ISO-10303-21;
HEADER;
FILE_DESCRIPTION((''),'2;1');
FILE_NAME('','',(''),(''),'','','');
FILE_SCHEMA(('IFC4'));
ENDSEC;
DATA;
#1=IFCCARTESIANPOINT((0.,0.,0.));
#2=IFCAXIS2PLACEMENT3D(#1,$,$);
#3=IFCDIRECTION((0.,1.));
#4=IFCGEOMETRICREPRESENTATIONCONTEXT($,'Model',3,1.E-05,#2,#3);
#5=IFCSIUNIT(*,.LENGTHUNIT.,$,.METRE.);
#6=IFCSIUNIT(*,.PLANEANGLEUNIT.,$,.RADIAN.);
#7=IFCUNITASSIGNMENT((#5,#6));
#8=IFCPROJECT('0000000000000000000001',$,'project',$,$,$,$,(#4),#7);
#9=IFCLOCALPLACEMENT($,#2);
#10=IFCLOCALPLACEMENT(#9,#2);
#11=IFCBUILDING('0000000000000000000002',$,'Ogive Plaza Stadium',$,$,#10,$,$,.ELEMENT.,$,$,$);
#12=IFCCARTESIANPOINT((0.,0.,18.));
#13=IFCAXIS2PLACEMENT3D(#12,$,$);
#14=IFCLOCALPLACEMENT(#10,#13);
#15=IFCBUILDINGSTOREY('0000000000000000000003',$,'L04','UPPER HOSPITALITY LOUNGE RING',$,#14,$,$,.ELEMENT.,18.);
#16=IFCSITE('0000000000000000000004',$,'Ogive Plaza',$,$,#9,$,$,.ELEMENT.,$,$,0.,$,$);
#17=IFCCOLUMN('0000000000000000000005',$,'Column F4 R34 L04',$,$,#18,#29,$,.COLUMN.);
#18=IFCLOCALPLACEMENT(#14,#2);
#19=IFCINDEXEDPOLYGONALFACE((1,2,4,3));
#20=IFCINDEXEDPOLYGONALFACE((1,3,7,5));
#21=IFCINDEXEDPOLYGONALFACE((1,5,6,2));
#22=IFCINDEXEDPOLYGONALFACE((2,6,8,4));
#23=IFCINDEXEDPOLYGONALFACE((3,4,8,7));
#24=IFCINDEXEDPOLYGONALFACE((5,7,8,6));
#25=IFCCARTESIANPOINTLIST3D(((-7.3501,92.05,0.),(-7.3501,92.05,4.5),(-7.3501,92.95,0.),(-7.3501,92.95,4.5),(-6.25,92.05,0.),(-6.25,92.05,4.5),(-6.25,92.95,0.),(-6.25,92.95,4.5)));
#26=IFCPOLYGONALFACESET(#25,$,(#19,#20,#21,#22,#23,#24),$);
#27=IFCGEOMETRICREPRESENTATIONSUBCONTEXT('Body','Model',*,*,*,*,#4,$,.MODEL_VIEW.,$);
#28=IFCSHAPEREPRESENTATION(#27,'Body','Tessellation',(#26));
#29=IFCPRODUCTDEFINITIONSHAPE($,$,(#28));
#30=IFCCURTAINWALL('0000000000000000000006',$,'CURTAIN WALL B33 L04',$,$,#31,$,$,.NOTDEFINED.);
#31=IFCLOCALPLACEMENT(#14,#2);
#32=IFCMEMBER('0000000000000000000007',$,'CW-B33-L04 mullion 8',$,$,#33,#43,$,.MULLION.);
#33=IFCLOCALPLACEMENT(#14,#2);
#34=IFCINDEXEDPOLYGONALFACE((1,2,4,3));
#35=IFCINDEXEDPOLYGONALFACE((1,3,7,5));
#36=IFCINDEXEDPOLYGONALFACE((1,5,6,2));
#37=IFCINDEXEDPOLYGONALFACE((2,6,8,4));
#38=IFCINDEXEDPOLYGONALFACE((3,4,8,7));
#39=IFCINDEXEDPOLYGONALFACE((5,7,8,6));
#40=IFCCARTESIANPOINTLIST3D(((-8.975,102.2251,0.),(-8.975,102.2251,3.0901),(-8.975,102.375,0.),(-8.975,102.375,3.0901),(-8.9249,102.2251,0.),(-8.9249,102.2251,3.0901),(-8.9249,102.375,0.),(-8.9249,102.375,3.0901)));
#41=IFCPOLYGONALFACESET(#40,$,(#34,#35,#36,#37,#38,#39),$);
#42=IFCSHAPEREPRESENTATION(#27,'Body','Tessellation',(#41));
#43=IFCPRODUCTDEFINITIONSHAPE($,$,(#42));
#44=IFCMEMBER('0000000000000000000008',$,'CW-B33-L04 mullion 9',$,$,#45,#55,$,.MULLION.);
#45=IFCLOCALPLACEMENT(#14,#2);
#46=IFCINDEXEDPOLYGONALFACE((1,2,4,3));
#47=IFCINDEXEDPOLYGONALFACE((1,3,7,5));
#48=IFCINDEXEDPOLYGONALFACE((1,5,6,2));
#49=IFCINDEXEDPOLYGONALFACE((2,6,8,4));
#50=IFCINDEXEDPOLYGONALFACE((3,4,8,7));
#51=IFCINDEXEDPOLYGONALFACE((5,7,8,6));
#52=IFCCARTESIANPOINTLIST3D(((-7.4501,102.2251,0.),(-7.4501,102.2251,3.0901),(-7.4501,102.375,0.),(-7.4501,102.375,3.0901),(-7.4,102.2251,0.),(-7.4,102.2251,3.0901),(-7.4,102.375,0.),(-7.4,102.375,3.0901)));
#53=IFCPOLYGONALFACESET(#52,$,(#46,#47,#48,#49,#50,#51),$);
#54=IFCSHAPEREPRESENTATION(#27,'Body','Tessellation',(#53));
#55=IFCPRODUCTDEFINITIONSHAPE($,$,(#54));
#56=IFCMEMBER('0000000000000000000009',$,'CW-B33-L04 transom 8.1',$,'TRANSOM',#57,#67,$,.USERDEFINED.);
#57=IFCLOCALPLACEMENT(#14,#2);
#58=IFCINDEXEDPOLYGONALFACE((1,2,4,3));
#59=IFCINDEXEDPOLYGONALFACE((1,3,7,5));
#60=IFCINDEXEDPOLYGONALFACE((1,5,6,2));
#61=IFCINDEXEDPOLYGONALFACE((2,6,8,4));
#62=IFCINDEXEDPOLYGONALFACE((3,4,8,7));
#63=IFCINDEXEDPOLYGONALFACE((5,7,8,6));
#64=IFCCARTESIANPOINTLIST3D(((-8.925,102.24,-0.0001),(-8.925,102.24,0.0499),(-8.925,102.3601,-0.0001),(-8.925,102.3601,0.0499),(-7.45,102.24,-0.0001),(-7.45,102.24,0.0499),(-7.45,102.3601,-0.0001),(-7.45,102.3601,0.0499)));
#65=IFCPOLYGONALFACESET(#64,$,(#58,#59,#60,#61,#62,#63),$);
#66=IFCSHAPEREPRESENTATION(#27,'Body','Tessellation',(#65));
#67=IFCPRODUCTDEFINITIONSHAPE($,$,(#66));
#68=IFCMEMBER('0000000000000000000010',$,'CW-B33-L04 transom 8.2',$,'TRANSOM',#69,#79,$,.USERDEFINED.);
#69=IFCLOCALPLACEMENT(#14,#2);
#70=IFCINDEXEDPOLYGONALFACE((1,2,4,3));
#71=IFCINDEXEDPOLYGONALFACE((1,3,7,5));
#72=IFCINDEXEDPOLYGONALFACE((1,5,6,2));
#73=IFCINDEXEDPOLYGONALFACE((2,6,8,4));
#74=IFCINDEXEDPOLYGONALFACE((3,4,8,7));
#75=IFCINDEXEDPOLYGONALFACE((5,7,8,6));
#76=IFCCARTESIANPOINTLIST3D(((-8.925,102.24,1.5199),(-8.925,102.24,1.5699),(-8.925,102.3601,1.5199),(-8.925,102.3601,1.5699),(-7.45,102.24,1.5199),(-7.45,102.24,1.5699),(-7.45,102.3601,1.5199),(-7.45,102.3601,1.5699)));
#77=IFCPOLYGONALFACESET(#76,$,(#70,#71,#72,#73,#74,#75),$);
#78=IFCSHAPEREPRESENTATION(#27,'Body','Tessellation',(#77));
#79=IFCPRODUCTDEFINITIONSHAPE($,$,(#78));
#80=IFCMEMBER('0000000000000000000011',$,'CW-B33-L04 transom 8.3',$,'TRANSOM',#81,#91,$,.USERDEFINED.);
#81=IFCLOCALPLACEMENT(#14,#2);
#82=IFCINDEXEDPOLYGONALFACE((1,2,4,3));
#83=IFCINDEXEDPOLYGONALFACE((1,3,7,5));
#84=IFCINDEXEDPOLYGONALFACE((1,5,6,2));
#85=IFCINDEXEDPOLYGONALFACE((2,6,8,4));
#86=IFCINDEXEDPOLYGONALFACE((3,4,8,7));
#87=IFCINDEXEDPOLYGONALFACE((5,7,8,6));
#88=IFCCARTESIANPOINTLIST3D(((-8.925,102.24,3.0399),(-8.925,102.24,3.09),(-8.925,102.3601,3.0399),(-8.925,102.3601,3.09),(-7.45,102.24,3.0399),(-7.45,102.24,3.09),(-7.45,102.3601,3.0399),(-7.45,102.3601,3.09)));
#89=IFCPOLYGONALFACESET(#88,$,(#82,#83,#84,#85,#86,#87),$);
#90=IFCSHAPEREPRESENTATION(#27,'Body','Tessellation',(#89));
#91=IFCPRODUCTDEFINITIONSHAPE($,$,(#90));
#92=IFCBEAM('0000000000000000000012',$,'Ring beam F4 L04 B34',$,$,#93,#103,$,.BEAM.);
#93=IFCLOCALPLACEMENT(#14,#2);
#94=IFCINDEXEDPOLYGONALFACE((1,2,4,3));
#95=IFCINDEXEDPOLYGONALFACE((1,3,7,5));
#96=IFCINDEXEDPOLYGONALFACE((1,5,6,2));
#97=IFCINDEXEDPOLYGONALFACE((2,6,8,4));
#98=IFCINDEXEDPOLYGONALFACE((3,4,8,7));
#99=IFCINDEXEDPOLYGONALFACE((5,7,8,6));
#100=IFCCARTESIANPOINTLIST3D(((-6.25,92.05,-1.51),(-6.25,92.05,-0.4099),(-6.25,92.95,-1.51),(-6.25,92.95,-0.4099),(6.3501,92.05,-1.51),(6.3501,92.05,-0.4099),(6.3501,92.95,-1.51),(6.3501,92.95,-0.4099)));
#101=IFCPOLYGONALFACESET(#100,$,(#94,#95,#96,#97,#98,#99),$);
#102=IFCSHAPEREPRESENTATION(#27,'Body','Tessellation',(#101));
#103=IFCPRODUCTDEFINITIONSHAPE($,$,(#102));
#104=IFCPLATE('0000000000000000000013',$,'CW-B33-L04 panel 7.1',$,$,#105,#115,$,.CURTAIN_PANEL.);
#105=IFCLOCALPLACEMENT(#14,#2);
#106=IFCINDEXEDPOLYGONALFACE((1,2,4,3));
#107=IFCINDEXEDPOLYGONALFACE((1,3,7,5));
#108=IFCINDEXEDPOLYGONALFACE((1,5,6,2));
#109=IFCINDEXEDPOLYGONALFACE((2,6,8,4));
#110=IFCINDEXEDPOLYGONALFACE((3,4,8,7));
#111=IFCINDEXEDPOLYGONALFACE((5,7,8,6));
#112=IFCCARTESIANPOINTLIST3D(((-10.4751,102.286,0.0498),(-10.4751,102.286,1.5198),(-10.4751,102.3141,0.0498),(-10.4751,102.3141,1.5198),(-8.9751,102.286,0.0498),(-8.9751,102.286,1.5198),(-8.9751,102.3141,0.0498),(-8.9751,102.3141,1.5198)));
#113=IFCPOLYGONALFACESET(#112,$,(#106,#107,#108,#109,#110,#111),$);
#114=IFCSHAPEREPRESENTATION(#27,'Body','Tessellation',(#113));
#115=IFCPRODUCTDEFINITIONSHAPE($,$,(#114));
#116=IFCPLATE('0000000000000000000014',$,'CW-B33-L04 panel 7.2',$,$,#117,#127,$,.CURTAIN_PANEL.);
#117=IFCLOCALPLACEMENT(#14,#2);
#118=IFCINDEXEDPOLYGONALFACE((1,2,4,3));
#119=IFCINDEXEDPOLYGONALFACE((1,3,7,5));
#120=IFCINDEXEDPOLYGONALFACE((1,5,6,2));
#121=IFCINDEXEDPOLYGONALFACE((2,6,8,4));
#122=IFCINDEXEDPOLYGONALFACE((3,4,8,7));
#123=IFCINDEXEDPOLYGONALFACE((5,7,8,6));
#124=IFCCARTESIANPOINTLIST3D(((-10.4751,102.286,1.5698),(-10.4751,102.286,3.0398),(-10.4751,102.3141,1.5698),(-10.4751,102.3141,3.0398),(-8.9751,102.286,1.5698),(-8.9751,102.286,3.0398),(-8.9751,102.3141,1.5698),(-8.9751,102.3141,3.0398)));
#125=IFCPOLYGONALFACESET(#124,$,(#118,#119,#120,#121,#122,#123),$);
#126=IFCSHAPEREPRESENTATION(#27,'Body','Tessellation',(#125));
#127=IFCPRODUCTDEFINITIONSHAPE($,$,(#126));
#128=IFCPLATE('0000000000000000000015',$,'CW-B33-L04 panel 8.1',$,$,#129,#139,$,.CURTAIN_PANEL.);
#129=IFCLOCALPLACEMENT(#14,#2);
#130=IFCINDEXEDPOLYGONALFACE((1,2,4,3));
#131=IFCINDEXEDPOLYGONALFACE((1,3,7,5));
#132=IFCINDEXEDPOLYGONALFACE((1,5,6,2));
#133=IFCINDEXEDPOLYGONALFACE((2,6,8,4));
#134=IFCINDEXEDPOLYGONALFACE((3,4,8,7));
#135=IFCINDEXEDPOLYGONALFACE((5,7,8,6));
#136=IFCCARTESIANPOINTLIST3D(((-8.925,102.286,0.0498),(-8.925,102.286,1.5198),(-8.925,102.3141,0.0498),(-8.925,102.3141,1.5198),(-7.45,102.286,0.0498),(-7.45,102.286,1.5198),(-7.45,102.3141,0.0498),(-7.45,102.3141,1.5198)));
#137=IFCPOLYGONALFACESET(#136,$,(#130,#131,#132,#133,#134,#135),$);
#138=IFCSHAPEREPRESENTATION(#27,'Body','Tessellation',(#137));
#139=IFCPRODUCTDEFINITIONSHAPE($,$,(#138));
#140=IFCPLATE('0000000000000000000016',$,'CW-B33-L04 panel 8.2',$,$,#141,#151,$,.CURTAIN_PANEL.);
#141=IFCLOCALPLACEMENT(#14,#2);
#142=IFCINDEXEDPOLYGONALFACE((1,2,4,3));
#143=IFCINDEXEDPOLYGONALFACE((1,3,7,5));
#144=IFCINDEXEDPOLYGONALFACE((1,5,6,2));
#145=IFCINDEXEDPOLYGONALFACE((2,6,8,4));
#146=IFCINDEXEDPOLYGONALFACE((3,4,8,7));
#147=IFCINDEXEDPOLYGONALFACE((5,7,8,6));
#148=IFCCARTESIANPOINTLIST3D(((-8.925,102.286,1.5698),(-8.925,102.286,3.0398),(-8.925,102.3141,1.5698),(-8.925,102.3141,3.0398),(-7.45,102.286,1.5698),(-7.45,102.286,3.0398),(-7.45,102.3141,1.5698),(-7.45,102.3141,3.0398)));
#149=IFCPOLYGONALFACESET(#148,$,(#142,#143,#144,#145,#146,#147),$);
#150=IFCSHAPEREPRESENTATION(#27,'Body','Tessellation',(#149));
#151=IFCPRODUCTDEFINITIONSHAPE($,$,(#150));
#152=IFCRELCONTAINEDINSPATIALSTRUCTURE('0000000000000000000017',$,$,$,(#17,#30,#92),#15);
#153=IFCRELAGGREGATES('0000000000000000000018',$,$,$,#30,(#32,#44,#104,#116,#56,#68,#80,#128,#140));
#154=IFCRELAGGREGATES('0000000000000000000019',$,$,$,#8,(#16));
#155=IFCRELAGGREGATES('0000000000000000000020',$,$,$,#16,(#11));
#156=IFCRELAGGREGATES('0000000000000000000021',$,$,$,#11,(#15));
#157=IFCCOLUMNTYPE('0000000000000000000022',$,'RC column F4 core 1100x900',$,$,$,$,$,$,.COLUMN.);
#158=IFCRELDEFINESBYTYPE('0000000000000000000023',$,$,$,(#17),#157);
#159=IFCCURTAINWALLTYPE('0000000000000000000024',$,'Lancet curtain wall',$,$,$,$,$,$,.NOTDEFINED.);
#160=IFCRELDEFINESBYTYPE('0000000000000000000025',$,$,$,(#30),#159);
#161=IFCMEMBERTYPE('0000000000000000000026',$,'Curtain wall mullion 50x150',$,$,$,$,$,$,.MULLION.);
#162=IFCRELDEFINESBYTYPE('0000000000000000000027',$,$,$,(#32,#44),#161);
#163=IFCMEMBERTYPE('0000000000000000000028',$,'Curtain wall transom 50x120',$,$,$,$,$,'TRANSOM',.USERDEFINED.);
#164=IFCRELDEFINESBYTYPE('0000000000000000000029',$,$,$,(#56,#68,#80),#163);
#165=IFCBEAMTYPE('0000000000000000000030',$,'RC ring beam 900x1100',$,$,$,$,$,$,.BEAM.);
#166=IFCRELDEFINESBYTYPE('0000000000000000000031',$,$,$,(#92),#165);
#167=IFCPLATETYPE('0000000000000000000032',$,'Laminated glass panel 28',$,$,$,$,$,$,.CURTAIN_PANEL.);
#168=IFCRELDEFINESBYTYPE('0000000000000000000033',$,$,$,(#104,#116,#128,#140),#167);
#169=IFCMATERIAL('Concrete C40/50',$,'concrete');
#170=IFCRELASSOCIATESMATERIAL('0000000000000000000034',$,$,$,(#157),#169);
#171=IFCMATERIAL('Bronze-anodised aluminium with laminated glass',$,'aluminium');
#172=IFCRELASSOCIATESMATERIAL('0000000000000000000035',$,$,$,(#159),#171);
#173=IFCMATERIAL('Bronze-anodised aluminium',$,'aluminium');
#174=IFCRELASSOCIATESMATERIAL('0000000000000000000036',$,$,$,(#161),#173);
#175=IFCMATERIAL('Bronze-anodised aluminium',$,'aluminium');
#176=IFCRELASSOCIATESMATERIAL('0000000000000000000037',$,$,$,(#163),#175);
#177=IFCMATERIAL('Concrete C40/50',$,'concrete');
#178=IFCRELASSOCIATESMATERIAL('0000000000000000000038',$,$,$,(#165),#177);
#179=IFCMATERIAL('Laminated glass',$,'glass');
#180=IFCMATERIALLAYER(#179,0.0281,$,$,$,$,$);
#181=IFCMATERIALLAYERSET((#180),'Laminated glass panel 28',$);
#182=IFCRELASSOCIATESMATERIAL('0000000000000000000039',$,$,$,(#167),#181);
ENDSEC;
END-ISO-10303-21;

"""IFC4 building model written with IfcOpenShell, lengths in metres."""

from ifc_helpers import new_model, si_unit, direction, frame, origin, origin_2d, place, context, subcontext, project, spatial, rectangle, extrude, material, layer, layer_set, material_profile, profile_set, type_object, element, aggregate, save


model = new_model("IFC4")

# Units and contexts
model_context = context("Model", 3, precision=1e-05, world=origin(), true_north=direction((0.0, 1.0)))
body_context = subcontext(model_context, "Body", "Model", "MODEL_VIEW")
ifc_project = project(units=[si_unit("LENGTHUNIT", "METRE"), si_unit("PLANEANGLEUNIT", "RADIAN")], contexts=[model_context])

# Site, building, storey
site_placement = place(None, origin())
site = spatial("IfcSite", under=ifc_project, at=site_placement, Name="Ogive Plaza", CompositionType="ELEMENT", RefElevation=0.0)
building_placement = place(site_placement, origin())
building = spatial("IfcBuilding", under=site, at=building_placement, Name="Ogive Plaza Stadium", CompositionType="ELEMENT")
storey_placement = place(building_placement, frame((0.0, 0.0, 18.0)))
storey = spatial("IfcBuildingStorey", under=building, at=storey_placement, Name="L04", Description="UPPER HOSPITALITY LOUNGE RING", CompositionType="ELEMENT", Elevation=18.0)

# Column
ifc_material_1 = material(Name="Concrete C40/50", Category="concrete")
ifc_material_profile_1 = material_profile(ifc_material_1, rectangle(XDim=1.1001, YDim=0.8999, at=origin_2d()), Name="RC 1100x900")
ifc_profile_set_1 = profile_set([ifc_material_profile_1], Name="Concrete C40/50")
column_type = type_object("IfcColumnType", Name="RC column F4 core 1100x900", PredefinedType="COLUMN", material=ifc_profile_set_1)
column_placement = place(storey_placement, frame((-6.8, 92.5, 0.0), z_axis=(0.0, 0.0, 1.0), x_axis=(-1.0, 0.0, 0.0)))
element("IfcColumn", 1, at=column_placement, inside=storey, type_object=column_type, Name="Column F4 R34 L04", PredefinedType="COLUMN", context=body_context, shape_type="SweptSolid", body=[
    extrude(rectangle(XDim=1.1001, YDim=0.8999, at=origin_2d()), origin(), (0.0, 0.0, 1.0), 4.5),
])

# Curtain wall, members
ifc_material_2 = material(Name="Bronze-anodised aluminium with laminated glass", Category="aluminium")
curtain_wall_type = type_object("IfcCurtainWallType", Name="Lancet curtain wall", PredefinedType="NOTDEFINED", material=ifc_material_2)
curtain_wall_placement = place(storey_placement, origin())
curtain_wall = element("IfcCurtainWall", 2, at=curtain_wall_placement, inside=storey, type_object=curtain_wall_type, Name="CURTAIN WALL B33 L04", PredefinedType="NOTDEFINED")
ifc_material_3 = material(Name="Bronze-anodised aluminium", Category="aluminium")
ifc_material_profile_2 = material_profile(ifc_material_3, rectangle(XDim=0.1499, YDim=0.05, at=origin_2d()), Name="AL 150x50")
ifc_profile_set_2 = profile_set([ifc_material_profile_2], Name="Bronze-anodised aluminium")
member_type_1 = type_object("IfcMemberType", Name="Curtain wall mullion 50x150", PredefinedType="MULLION", material=ifc_profile_set_2)
member_1_placement = place(storey_placement, frame((-8.95, 102.3, 0.0), z_axis=(0.0, 0.0, 1.0), x_axis=(0.0, 1.0, 0.0)))
member_1 = element("IfcMember", 3, at=member_1_placement, type_object=member_type_1, Name="CW-B33-L04 mullion 8", PredefinedType="MULLION", context=body_context, shape_type="SweptSolid", body=[
    extrude(rectangle(XDim=0.1499, YDim=0.05, at=origin_2d()), origin(), (0.0, 0.0, 1.0), 3.0901),
])
member_2_placement = place(storey_placement, frame((-7.425, 102.3, 0.0), z_axis=(0.0, 0.0, 1.0), x_axis=(0.0, 1.0, 0.0)))
member_2 = element("IfcMember", 4, at=member_2_placement, type_object=member_type_1, Name="CW-B33-L04 mullion 9", PredefinedType="MULLION", context=body_context, shape_type="SweptSolid", body=[
    extrude(rectangle(XDim=0.1499, YDim=0.05, at=origin_2d()), origin(), (0.0, 0.0, 1.0), 3.0901),
])
ifc_material_4 = material(Name="Bronze-anodised aluminium", Category="aluminium")
ifc_material_profile_3 = material_profile(ifc_material_4, rectangle(XDim=0.1201, YDim=0.05, at=origin_2d()), Name="AL 120x50")
ifc_profile_set_3 = profile_set([ifc_material_profile_3], Name="Bronze-anodised aluminium")
member_type_2 = type_object("IfcMemberType", Name="Curtain wall transom 50x120", ElementType="TRANSOM", PredefinedType="USERDEFINED", material=ifc_profile_set_3)
member_3_placement = place(storey_placement, frame((-8.925, 102.3, 0.0249), z_axis=(1.0, 0.0, 0.0), x_axis=(0.0, 1.0, 0.0)))
member_3 = element("IfcMember", 5, at=member_3_placement, type_object=member_type_2, Name="CW-B33-L04 transom 8.1", ObjectType="TRANSOM", PredefinedType="USERDEFINED", context=body_context, shape_type="SweptSolid", body=[
    extrude(rectangle(XDim=0.1201, YDim=0.05, at=origin_2d()), origin(), (0.0, 0.0, 1.0), 1.4751),
])
member_4_placement = place(storey_placement, frame((-8.925, 102.3, 1.5449), z_axis=(1.0, 0.0, 0.0), x_axis=(0.0, 1.0, 0.0)))
member_4 = element("IfcMember", 6, at=member_4_placement, type_object=member_type_2, Name="CW-B33-L04 transom 8.2", ObjectType="TRANSOM", PredefinedType="USERDEFINED", context=body_context, shape_type="SweptSolid", body=[
    extrude(rectangle(XDim=0.1201, YDim=0.05, at=origin_2d()), origin(), (0.0, 0.0, 1.0), 1.4751),
])
member_5_placement = place(storey_placement, frame((-8.925, 102.3, 3.0649), z_axis=(1.0, 0.0, 0.0), x_axis=(0.0, 1.0, 0.0)))
member_5 = element("IfcMember", 7, at=member_5_placement, type_object=member_type_2, Name="CW-B33-L04 transom 8.3", ObjectType="TRANSOM", PredefinedType="USERDEFINED", context=body_context, shape_type="SweptSolid", body=[
    extrude(rectangle(XDim=0.1201, YDim=0.05, at=origin_2d()), origin(), (0.0, 0.0, 1.0), 1.4751),
])

# Beam
ifc_material_5 = material(Name="Concrete C40/50", Category="concrete")
ifc_material_profile_4 = material_profile(ifc_material_5, rectangle(XDim=0.8999, YDim=1.1001, at=origin_2d()), Name="RC 900x1100")
ifc_profile_set_4 = profile_set([ifc_material_profile_4], Name="Concrete C40/50")
beam_type = type_object("IfcBeamType", Name="RC ring beam 900x1100", PredefinedType="BEAM", material=ifc_profile_set_4)
beam_placement = place(storey_placement, frame((-6.25, 92.5, -0.96), z_axis=(1.0, 0.0, 0.0), x_axis=(0.0, 1.0, 0.0)))
element("IfcBeam", 8, at=beam_placement, inside=storey, type_object=beam_type, Name="Ring beam F4 L04 B34", PredefinedType="BEAM", context=body_context, shape_type="SweptSolid", body=[
    extrude(rectangle(XDim=0.8999, YDim=1.1001, at=origin_2d()), origin(), (0.0, 0.0, 1.0), 12.6001),
])

# Plates
ifc_material_6 = material(Name="Laminated glass", Category="glass")
ifc_layer_1 = layer(ifc_material_6, 0.0281)
ifc_layer_set_1 = layer_set([ifc_layer_1], Name="Laminated glass panel 28")
plate_type = type_object("IfcPlateType", Name="Laminated glass panel 28", PredefinedType="CURTAIN_PANEL", material=ifc_layer_set_1)
plate_1_placement = place(storey_placement, frame((-9.7251, 102.3, 0.0498), z_axis=(0.0, 0.0, 1.0), x_axis=(1.0, 0.0, 0.0)))
plate_1 = element("IfcPlate", 9, at=plate_1_placement, type_object=plate_type, Name="CW-B33-L04 panel 7.1", PredefinedType="CURTAIN_PANEL", context=body_context, shape_type="SweptSolid", body=[
    extrude(rectangle(XDim=1.5, YDim=0.0281, at=origin_2d()), origin(), (0.0, 0.0, 1.0), 1.47),
])
plate_2_placement = place(storey_placement, frame((-9.7251, 102.3, 1.5698), z_axis=(0.0, 0.0, 1.0), x_axis=(1.0, 0.0, 0.0)))
plate_2 = element("IfcPlate", 10, at=plate_2_placement, type_object=plate_type, Name="CW-B33-L04 panel 7.2", PredefinedType="CURTAIN_PANEL", context=body_context, shape_type="SweptSolid", body=[
    extrude(rectangle(XDim=1.5, YDim=0.0281, at=origin_2d()), origin(), (0.0, 0.0, 1.0), 1.47),
])
plate_3_placement = place(storey_placement, frame((-8.1875, 102.3, 0.0498), z_axis=(0.0, 0.0, 1.0), x_axis=(1.0, 0.0, 0.0)))
plate_3 = element("IfcPlate", 11, at=plate_3_placement, type_object=plate_type, Name="CW-B33-L04 panel 8.1", PredefinedType="CURTAIN_PANEL", context=body_context, shape_type="SweptSolid", body=[
    extrude(rectangle(XDim=1.4751, YDim=0.0281, at=origin_2d()), origin(), (0.0, 0.0, 1.0), 1.47),
])
plate_4_placement = place(storey_placement, frame((-8.1875, 102.3, 1.5698), z_axis=(0.0, 0.0, 1.0), x_axis=(1.0, 0.0, 0.0)))
plate_4 = element("IfcPlate", 12, at=plate_4_placement, type_object=plate_type, Name="CW-B33-L04 panel 8.2", PredefinedType="CURTAIN_PANEL", context=body_context, shape_type="SweptSolid", body=[
    extrude(rectangle(XDim=1.4751, YDim=0.0281, at=origin_2d()), origin(), (0.0, 0.0, 1.0), 1.47),
])
aggregate(curtain_wall, [member_1, member_2, plate_1, plate_2, member_3, member_4, member_5, plate_3, plate_4])

save(model, "model.ifc")
